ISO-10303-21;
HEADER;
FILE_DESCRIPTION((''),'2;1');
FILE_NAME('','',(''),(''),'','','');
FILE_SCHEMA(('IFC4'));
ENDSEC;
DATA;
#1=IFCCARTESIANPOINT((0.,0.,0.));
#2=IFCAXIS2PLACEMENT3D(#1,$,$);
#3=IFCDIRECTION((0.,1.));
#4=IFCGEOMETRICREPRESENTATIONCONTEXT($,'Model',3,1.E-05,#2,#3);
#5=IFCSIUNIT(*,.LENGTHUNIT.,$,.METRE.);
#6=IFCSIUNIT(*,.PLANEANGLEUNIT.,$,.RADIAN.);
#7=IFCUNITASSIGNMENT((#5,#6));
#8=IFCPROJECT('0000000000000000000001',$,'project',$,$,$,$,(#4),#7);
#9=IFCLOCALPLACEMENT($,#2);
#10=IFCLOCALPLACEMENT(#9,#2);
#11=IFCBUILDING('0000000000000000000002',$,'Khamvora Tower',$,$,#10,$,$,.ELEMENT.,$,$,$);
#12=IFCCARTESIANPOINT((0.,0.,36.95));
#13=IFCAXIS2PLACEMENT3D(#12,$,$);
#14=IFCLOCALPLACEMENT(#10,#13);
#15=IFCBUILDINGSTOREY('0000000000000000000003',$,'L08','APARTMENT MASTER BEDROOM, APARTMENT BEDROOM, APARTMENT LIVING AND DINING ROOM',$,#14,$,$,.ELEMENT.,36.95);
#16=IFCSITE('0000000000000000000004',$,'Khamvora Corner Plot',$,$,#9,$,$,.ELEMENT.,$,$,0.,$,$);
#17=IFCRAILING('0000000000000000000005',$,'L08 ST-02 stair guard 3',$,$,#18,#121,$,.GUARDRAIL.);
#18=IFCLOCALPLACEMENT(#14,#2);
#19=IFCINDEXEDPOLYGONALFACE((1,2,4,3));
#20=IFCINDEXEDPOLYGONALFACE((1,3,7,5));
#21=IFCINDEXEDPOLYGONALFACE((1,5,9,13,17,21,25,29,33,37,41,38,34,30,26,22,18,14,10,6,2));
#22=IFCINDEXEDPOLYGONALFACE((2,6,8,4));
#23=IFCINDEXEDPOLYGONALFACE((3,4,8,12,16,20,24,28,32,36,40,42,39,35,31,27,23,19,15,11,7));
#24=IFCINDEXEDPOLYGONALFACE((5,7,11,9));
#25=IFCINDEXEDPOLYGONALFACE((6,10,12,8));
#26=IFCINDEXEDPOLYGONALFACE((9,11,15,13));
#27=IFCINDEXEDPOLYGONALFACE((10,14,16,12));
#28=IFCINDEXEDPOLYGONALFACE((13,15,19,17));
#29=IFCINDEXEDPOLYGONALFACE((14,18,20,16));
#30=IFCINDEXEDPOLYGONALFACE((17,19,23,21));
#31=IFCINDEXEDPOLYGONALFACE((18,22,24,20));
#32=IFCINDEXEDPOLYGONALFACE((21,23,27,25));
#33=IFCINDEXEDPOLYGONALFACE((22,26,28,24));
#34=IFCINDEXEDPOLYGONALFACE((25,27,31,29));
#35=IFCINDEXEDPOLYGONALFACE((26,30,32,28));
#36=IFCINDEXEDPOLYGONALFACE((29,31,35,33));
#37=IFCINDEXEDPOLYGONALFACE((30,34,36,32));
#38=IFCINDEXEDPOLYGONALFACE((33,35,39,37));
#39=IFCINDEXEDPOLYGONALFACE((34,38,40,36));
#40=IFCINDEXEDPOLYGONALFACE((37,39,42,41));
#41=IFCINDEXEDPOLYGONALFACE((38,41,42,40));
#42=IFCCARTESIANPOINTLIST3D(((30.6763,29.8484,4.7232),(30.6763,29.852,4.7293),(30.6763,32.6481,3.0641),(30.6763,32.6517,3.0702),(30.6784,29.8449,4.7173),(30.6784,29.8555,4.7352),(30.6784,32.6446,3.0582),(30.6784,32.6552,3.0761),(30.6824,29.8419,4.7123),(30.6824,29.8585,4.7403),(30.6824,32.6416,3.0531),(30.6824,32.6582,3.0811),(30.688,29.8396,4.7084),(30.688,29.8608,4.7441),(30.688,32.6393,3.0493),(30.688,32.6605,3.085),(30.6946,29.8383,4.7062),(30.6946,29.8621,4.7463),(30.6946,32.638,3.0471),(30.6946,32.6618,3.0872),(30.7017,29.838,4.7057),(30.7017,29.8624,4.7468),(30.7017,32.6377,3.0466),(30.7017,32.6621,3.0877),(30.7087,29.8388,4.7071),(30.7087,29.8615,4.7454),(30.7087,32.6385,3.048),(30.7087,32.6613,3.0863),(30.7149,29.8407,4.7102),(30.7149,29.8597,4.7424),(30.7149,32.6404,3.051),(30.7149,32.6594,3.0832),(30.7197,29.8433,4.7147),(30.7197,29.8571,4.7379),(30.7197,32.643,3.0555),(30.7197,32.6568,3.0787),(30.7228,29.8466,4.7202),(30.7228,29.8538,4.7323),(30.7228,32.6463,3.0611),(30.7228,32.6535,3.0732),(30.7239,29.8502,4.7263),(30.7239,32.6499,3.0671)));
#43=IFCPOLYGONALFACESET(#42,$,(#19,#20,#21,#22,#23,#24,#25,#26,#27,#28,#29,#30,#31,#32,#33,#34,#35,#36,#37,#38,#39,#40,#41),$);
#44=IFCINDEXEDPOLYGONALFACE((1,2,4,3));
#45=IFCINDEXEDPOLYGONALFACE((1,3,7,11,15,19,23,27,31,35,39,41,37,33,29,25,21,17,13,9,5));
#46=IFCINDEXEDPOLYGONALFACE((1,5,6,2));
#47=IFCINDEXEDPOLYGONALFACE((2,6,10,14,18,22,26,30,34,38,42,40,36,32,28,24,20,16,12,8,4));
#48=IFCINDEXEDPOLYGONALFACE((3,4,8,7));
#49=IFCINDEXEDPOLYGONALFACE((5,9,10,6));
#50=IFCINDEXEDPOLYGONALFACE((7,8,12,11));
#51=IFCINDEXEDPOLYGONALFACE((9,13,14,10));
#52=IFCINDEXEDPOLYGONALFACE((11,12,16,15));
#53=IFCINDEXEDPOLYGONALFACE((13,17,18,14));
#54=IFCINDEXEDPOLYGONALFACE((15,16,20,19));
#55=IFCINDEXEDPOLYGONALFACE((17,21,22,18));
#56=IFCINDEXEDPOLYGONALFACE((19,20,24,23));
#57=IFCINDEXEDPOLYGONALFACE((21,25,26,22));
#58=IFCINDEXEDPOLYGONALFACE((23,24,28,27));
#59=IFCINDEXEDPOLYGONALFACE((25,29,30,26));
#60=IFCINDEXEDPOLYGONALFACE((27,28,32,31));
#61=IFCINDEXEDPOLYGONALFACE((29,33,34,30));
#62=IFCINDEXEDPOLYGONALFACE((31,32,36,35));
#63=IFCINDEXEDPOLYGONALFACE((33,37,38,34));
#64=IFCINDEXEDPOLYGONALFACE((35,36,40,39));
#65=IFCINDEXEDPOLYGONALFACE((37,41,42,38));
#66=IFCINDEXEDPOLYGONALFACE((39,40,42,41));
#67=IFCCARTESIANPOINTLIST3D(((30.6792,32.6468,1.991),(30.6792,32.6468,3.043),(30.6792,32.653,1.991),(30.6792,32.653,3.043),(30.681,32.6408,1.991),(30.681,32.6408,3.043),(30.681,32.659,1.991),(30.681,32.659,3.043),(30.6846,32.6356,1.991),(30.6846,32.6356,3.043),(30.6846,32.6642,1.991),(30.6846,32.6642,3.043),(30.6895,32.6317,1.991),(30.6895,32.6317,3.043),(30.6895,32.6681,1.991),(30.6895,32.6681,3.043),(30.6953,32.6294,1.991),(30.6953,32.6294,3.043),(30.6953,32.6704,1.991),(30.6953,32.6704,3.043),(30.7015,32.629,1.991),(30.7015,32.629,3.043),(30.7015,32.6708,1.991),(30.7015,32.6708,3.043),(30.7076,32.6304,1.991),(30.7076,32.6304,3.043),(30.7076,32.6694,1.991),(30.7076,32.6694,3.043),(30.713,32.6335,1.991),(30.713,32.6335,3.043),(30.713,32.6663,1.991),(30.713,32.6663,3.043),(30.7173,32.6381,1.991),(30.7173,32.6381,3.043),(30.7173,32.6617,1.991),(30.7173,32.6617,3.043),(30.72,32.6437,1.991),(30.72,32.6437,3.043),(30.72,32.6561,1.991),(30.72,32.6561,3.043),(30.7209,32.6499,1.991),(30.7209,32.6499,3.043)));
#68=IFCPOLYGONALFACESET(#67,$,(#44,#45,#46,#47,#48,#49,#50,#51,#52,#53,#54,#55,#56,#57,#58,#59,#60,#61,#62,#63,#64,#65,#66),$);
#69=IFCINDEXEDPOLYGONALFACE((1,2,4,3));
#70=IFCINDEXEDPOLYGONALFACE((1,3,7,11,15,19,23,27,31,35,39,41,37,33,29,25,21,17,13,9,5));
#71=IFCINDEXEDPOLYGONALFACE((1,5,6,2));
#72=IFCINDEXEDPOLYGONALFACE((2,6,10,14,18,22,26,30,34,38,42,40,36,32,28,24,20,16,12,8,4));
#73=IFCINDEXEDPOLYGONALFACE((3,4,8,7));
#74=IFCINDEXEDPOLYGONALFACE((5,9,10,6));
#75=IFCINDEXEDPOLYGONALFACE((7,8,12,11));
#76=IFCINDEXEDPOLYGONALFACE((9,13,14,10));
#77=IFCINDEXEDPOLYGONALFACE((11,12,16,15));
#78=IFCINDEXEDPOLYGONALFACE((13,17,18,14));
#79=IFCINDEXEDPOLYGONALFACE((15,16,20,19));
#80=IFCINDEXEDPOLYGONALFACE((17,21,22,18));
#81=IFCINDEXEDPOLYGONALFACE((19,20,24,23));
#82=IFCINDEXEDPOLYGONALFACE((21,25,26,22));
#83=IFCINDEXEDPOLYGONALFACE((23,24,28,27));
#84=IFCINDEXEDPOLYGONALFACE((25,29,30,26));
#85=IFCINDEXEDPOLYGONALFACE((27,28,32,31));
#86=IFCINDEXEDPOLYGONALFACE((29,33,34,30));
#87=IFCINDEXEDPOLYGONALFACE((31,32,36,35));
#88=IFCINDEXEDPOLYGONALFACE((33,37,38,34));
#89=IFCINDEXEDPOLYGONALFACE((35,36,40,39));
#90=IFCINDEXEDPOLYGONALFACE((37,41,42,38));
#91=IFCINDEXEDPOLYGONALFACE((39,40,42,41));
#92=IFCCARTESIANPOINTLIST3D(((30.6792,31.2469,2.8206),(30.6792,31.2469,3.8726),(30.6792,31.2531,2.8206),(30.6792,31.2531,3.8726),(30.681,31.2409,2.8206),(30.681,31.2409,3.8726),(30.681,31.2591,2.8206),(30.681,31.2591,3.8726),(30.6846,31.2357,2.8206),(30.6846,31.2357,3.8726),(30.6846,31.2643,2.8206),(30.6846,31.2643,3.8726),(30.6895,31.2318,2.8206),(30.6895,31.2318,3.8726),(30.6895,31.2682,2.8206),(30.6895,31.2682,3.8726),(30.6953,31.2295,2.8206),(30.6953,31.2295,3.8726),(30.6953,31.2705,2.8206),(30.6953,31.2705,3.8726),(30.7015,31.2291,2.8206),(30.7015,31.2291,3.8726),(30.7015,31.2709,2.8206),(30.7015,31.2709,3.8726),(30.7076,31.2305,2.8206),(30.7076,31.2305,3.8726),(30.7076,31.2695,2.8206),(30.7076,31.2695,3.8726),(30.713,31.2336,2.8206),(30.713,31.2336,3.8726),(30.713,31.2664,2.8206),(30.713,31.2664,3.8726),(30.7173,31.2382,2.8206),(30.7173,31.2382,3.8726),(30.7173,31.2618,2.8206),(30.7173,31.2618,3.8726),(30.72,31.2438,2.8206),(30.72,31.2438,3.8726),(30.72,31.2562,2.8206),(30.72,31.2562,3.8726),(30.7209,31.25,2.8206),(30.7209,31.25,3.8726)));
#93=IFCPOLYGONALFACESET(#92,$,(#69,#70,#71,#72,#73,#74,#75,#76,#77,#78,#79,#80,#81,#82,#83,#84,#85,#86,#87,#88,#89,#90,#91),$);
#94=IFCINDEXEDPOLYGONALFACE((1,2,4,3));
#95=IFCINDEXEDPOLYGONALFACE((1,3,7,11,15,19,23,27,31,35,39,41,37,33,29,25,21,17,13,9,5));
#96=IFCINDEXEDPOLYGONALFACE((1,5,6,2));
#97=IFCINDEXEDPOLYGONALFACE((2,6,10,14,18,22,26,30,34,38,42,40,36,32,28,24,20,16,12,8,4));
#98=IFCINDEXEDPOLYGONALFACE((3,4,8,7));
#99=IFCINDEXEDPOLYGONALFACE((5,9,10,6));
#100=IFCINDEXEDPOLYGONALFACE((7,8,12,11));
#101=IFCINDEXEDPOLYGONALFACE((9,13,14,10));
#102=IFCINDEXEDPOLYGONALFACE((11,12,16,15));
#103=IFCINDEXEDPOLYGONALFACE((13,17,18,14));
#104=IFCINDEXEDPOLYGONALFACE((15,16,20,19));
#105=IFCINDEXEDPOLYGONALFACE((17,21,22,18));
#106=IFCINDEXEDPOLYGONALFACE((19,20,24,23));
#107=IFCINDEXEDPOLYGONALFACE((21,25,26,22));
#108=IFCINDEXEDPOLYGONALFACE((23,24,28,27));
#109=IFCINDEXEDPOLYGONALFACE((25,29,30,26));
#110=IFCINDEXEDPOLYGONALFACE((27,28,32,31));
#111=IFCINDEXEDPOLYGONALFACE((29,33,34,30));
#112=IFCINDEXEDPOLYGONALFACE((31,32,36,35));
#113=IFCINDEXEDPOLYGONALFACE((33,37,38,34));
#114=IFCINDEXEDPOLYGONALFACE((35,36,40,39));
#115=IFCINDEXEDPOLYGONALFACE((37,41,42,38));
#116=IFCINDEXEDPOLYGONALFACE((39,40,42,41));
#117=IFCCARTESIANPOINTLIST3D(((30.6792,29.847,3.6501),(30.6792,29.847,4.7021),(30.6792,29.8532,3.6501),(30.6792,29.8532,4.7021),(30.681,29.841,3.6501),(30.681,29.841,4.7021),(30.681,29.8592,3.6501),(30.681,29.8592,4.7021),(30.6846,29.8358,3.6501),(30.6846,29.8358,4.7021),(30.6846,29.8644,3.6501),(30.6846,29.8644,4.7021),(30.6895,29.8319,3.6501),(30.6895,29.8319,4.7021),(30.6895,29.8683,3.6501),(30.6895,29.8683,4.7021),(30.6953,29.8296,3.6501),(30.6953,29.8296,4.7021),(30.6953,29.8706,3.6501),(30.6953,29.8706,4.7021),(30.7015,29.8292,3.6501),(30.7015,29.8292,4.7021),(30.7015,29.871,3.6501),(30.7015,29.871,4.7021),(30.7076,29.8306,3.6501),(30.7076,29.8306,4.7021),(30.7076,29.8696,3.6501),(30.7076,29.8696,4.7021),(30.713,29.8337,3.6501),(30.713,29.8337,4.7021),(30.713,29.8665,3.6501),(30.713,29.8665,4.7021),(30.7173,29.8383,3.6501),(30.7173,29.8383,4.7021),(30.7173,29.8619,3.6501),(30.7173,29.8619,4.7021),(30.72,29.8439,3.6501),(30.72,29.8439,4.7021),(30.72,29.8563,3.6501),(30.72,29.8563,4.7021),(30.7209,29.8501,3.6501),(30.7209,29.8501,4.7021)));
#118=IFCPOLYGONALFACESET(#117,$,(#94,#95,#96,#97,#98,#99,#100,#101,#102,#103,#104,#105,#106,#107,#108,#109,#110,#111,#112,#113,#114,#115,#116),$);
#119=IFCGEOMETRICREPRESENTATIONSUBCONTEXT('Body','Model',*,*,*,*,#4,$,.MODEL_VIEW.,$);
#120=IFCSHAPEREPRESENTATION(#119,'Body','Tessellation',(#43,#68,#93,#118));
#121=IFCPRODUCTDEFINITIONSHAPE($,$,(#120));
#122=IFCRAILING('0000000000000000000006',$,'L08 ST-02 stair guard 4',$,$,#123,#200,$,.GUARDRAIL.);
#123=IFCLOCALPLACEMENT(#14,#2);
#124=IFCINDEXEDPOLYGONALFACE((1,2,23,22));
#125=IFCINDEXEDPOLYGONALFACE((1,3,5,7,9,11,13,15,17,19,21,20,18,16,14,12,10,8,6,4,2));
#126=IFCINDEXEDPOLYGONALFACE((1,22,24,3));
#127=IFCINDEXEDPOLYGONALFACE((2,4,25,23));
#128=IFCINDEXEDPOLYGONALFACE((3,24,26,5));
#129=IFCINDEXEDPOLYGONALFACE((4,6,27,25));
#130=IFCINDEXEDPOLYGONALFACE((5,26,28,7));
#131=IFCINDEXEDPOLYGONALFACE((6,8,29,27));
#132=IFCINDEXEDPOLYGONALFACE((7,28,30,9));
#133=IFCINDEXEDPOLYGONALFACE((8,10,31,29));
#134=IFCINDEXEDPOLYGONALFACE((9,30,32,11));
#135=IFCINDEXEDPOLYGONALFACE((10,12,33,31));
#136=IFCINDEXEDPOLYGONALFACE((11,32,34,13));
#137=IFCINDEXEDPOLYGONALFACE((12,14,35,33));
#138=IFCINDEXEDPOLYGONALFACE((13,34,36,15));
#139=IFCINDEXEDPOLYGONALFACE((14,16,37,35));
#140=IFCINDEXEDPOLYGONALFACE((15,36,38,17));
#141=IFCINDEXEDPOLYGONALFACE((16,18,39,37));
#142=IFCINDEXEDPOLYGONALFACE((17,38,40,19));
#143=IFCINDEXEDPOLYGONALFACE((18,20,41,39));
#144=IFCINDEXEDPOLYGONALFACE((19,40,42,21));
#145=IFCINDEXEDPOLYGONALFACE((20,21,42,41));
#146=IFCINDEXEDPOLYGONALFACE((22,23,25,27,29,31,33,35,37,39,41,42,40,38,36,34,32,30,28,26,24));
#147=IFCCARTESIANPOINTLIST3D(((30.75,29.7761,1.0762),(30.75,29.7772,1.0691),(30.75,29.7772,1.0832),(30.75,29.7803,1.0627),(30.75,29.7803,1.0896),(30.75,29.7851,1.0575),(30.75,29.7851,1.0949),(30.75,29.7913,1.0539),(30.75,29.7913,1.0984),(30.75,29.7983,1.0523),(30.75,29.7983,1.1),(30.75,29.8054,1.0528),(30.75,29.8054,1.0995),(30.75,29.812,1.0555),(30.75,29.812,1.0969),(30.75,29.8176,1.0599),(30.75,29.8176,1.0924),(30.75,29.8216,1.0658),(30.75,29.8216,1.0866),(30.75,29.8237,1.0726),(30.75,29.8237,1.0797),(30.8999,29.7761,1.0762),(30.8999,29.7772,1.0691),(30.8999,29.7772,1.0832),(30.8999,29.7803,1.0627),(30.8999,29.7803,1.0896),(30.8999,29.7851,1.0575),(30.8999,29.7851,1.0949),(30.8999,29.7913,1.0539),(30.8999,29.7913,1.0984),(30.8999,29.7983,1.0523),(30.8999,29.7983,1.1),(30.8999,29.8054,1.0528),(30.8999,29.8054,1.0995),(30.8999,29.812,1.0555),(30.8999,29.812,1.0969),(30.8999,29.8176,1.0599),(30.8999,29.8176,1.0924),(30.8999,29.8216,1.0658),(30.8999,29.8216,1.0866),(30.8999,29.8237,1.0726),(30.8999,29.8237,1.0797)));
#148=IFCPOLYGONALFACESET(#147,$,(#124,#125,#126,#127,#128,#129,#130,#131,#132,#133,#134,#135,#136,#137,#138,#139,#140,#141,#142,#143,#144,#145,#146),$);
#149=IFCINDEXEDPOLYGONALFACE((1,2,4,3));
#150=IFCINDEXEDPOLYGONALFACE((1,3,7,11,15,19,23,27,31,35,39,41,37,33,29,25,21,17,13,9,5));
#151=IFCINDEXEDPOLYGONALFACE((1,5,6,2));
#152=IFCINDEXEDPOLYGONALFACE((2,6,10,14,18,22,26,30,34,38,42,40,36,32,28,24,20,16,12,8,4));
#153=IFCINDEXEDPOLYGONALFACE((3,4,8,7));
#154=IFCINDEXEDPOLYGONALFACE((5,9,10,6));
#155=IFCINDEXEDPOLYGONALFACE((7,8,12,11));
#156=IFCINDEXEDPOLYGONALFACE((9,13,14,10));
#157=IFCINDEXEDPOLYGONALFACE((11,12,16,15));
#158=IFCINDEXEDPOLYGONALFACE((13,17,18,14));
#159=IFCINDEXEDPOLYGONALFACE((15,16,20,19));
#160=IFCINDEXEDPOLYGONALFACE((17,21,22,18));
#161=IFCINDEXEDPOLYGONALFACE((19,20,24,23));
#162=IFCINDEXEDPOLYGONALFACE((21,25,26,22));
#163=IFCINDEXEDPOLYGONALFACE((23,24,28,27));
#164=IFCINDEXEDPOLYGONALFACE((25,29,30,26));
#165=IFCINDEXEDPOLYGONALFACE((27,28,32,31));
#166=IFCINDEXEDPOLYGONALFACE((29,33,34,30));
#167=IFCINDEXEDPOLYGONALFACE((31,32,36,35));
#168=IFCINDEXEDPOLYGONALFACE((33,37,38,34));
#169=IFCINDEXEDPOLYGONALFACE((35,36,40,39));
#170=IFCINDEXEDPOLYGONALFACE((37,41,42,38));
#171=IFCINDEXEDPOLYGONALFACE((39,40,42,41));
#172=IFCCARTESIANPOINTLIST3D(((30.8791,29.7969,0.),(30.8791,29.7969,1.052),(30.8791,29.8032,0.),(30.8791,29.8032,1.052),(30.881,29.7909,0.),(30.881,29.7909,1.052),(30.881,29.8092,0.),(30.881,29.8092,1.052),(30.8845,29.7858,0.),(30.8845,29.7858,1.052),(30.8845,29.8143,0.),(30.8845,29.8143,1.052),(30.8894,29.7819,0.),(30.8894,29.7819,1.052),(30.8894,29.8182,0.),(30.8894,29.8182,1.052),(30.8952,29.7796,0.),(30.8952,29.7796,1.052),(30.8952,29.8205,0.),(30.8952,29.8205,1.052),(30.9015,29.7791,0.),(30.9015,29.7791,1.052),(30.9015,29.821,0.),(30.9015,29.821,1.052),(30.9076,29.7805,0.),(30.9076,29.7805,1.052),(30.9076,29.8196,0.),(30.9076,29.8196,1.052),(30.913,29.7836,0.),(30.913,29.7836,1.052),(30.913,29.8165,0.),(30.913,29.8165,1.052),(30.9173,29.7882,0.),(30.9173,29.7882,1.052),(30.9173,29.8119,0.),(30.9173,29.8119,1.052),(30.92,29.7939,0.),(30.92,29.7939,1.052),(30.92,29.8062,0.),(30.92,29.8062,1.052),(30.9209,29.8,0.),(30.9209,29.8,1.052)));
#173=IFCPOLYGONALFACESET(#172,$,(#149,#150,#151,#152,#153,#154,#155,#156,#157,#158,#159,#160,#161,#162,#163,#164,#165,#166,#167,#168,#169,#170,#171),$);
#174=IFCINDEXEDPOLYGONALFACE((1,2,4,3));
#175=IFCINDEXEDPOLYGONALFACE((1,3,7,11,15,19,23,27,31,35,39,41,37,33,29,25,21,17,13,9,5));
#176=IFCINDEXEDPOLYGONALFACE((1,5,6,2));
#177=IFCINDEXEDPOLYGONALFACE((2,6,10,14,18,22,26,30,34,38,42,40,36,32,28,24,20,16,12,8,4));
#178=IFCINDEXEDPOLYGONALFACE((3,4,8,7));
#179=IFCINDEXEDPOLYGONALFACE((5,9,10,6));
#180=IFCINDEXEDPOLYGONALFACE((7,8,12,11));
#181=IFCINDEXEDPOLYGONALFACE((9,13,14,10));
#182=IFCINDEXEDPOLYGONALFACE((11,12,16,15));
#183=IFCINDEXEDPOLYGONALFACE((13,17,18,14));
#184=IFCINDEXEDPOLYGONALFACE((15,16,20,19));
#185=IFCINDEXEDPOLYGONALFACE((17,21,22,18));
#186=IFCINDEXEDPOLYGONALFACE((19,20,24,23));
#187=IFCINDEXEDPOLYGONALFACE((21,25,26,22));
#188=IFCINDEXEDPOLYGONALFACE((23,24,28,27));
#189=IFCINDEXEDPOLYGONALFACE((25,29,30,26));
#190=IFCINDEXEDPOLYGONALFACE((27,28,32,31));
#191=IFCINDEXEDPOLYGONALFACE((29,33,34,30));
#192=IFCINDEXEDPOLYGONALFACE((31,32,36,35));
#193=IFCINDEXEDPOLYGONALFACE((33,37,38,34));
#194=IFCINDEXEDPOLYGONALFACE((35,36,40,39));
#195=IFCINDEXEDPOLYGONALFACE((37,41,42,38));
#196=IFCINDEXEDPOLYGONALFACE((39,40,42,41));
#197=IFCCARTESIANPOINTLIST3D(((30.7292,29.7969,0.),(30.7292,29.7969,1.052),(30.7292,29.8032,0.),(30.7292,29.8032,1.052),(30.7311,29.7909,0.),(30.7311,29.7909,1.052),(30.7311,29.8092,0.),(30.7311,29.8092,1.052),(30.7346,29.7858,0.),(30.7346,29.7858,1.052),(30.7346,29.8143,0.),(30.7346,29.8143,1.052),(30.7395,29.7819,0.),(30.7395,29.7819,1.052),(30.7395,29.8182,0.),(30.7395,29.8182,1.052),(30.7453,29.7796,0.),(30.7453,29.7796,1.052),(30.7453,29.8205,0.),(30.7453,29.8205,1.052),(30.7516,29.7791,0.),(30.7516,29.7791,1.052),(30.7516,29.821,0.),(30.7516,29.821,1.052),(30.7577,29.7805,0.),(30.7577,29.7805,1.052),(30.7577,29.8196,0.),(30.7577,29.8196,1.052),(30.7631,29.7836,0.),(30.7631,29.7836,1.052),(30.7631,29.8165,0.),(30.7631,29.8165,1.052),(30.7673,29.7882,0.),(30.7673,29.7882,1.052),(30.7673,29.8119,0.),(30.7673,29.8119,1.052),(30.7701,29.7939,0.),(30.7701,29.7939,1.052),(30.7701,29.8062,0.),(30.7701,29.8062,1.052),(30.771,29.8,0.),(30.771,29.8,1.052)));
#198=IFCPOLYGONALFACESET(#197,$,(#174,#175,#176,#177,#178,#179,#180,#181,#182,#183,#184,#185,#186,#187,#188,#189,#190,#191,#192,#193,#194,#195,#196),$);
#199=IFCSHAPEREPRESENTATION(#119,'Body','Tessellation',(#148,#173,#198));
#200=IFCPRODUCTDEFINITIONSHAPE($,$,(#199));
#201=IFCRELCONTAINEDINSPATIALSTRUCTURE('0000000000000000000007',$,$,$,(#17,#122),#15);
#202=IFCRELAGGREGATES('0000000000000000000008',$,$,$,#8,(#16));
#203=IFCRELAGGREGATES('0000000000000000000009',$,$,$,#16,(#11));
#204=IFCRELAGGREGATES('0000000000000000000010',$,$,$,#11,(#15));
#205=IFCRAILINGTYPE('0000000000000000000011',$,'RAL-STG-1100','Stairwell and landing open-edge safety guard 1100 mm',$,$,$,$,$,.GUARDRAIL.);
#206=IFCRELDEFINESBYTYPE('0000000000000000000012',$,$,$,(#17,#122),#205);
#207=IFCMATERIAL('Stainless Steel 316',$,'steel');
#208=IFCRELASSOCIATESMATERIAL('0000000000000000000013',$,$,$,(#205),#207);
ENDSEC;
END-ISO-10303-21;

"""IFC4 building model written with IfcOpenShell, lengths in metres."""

from ifc_helpers import new_model, si_unit, direction, frame, origin, origin_2d, place, context, subcontext, project, spatial, circle, extrude, material, type_object, element, save


model = new_model("IFC4")

# Units and contexts
model_context = context("Model", 3, precision=1e-05, world=origin(), true_north=direction((0.0, 1.0)))
body_context = subcontext(model_context, "Body", "Model", "MODEL_VIEW")
ifc_project = project(units=[si_unit("LENGTHUNIT", "METRE"), si_unit("PLANEANGLEUNIT", "RADIAN")], contexts=[model_context])

# Site, building, storey
site_placement = place(None, origin())
site = spatial("IfcSite", under=ifc_project, at=site_placement, Name="Khamvora Corner Plot", CompositionType="ELEMENT", RefElevation=0.0)
building_placement = place(site_placement, origin())
building = spatial("IfcBuilding", under=site, at=building_placement, Name="Khamvora Tower", CompositionType="ELEMENT")
storey_placement = place(building_placement, frame((0.0, 0.0, 36.95)))
storey = spatial("IfcBuildingStorey", under=building, at=storey_placement, Name="L08", Description="APARTMENT MASTER BEDROOM, APARTMENT BEDROOM, APARTMENT LIVING AND DINING ROOM", CompositionType="ELEMENT", Elevation=36.95)

# Railings
ifc_material_1 = material(Name="Stainless Steel 316", Category="steel")
railing_type_1 = type_object("IfcRailingType", Name="RAL-STG-1100", Description="Stairwell and landing open-edge safety guard 1100 mm", PredefinedType="GUARDRAIL", material=ifc_material_1)
railing_1_placement = place(storey_placement, frame((30.7, 32.6499, 1.991)))
element("IfcRailing", 1, at=railing_1_placement, inside=storey, type_object=railing_type_1, Name="L08 ST-02 stair guard 3", PredefinedType="GUARDRAIL", context=body_context, shape_type="SweptSolid", body=[
    extrude(circle(Radius=0.0239, at=origin_2d()), frame((0.0, 0.0, 1.0762), z_axis=(0.0, -0.860287, 0.509811), x_axis=(1.0, 0.0, 0.0)), (0.0, 0.0, 1.0), 3.2544),
    extrude(circle(Radius=0.021, at=origin_2d()), origin(), (0.0, 0.0, 1.0), 1.052),
    extrude(circle(Radius=0.021, at=origin_2d()), frame((0.0, -1.3999, 0.8296)), (0.0, 0.0, 1.0), 1.052),
    extrude(circle(Radius=0.021, at=origin_2d()), frame((0.0, -2.7998, 1.6592)), (0.0, 0.0, 1.0), 1.052),
])
railing_2_placement = place(storey_placement, frame((30.8999, 29.8, 0.0)))
element("IfcRailing", 2, at=railing_2_placement, inside=storey, type_object=railing_type_1, Name="L08 ST-02 stair guard 4", PredefinedType="GUARDRAIL", context=body_context, shape_type="SweptSolid", body=[
    extrude(circle(Radius=0.0239, at=origin_2d()), frame((0.0, 0.0, 1.0762), z_axis=(-1.0, 0.0, 0.0), x_axis=(0.0, -1.0, 0.0)), (0.0, 0.0, 1.0), 0.1499),
    extrude(circle(Radius=0.021, at=origin_2d()), origin(), (0.0, 0.0, 1.0), 1.052),
    extrude(circle(Radius=0.021, at=origin_2d()), frame((-0.1499, 0.0, 0.0)), (0.0, 0.0, 1.0), 1.052),
])

save(model, "model.ifc")
